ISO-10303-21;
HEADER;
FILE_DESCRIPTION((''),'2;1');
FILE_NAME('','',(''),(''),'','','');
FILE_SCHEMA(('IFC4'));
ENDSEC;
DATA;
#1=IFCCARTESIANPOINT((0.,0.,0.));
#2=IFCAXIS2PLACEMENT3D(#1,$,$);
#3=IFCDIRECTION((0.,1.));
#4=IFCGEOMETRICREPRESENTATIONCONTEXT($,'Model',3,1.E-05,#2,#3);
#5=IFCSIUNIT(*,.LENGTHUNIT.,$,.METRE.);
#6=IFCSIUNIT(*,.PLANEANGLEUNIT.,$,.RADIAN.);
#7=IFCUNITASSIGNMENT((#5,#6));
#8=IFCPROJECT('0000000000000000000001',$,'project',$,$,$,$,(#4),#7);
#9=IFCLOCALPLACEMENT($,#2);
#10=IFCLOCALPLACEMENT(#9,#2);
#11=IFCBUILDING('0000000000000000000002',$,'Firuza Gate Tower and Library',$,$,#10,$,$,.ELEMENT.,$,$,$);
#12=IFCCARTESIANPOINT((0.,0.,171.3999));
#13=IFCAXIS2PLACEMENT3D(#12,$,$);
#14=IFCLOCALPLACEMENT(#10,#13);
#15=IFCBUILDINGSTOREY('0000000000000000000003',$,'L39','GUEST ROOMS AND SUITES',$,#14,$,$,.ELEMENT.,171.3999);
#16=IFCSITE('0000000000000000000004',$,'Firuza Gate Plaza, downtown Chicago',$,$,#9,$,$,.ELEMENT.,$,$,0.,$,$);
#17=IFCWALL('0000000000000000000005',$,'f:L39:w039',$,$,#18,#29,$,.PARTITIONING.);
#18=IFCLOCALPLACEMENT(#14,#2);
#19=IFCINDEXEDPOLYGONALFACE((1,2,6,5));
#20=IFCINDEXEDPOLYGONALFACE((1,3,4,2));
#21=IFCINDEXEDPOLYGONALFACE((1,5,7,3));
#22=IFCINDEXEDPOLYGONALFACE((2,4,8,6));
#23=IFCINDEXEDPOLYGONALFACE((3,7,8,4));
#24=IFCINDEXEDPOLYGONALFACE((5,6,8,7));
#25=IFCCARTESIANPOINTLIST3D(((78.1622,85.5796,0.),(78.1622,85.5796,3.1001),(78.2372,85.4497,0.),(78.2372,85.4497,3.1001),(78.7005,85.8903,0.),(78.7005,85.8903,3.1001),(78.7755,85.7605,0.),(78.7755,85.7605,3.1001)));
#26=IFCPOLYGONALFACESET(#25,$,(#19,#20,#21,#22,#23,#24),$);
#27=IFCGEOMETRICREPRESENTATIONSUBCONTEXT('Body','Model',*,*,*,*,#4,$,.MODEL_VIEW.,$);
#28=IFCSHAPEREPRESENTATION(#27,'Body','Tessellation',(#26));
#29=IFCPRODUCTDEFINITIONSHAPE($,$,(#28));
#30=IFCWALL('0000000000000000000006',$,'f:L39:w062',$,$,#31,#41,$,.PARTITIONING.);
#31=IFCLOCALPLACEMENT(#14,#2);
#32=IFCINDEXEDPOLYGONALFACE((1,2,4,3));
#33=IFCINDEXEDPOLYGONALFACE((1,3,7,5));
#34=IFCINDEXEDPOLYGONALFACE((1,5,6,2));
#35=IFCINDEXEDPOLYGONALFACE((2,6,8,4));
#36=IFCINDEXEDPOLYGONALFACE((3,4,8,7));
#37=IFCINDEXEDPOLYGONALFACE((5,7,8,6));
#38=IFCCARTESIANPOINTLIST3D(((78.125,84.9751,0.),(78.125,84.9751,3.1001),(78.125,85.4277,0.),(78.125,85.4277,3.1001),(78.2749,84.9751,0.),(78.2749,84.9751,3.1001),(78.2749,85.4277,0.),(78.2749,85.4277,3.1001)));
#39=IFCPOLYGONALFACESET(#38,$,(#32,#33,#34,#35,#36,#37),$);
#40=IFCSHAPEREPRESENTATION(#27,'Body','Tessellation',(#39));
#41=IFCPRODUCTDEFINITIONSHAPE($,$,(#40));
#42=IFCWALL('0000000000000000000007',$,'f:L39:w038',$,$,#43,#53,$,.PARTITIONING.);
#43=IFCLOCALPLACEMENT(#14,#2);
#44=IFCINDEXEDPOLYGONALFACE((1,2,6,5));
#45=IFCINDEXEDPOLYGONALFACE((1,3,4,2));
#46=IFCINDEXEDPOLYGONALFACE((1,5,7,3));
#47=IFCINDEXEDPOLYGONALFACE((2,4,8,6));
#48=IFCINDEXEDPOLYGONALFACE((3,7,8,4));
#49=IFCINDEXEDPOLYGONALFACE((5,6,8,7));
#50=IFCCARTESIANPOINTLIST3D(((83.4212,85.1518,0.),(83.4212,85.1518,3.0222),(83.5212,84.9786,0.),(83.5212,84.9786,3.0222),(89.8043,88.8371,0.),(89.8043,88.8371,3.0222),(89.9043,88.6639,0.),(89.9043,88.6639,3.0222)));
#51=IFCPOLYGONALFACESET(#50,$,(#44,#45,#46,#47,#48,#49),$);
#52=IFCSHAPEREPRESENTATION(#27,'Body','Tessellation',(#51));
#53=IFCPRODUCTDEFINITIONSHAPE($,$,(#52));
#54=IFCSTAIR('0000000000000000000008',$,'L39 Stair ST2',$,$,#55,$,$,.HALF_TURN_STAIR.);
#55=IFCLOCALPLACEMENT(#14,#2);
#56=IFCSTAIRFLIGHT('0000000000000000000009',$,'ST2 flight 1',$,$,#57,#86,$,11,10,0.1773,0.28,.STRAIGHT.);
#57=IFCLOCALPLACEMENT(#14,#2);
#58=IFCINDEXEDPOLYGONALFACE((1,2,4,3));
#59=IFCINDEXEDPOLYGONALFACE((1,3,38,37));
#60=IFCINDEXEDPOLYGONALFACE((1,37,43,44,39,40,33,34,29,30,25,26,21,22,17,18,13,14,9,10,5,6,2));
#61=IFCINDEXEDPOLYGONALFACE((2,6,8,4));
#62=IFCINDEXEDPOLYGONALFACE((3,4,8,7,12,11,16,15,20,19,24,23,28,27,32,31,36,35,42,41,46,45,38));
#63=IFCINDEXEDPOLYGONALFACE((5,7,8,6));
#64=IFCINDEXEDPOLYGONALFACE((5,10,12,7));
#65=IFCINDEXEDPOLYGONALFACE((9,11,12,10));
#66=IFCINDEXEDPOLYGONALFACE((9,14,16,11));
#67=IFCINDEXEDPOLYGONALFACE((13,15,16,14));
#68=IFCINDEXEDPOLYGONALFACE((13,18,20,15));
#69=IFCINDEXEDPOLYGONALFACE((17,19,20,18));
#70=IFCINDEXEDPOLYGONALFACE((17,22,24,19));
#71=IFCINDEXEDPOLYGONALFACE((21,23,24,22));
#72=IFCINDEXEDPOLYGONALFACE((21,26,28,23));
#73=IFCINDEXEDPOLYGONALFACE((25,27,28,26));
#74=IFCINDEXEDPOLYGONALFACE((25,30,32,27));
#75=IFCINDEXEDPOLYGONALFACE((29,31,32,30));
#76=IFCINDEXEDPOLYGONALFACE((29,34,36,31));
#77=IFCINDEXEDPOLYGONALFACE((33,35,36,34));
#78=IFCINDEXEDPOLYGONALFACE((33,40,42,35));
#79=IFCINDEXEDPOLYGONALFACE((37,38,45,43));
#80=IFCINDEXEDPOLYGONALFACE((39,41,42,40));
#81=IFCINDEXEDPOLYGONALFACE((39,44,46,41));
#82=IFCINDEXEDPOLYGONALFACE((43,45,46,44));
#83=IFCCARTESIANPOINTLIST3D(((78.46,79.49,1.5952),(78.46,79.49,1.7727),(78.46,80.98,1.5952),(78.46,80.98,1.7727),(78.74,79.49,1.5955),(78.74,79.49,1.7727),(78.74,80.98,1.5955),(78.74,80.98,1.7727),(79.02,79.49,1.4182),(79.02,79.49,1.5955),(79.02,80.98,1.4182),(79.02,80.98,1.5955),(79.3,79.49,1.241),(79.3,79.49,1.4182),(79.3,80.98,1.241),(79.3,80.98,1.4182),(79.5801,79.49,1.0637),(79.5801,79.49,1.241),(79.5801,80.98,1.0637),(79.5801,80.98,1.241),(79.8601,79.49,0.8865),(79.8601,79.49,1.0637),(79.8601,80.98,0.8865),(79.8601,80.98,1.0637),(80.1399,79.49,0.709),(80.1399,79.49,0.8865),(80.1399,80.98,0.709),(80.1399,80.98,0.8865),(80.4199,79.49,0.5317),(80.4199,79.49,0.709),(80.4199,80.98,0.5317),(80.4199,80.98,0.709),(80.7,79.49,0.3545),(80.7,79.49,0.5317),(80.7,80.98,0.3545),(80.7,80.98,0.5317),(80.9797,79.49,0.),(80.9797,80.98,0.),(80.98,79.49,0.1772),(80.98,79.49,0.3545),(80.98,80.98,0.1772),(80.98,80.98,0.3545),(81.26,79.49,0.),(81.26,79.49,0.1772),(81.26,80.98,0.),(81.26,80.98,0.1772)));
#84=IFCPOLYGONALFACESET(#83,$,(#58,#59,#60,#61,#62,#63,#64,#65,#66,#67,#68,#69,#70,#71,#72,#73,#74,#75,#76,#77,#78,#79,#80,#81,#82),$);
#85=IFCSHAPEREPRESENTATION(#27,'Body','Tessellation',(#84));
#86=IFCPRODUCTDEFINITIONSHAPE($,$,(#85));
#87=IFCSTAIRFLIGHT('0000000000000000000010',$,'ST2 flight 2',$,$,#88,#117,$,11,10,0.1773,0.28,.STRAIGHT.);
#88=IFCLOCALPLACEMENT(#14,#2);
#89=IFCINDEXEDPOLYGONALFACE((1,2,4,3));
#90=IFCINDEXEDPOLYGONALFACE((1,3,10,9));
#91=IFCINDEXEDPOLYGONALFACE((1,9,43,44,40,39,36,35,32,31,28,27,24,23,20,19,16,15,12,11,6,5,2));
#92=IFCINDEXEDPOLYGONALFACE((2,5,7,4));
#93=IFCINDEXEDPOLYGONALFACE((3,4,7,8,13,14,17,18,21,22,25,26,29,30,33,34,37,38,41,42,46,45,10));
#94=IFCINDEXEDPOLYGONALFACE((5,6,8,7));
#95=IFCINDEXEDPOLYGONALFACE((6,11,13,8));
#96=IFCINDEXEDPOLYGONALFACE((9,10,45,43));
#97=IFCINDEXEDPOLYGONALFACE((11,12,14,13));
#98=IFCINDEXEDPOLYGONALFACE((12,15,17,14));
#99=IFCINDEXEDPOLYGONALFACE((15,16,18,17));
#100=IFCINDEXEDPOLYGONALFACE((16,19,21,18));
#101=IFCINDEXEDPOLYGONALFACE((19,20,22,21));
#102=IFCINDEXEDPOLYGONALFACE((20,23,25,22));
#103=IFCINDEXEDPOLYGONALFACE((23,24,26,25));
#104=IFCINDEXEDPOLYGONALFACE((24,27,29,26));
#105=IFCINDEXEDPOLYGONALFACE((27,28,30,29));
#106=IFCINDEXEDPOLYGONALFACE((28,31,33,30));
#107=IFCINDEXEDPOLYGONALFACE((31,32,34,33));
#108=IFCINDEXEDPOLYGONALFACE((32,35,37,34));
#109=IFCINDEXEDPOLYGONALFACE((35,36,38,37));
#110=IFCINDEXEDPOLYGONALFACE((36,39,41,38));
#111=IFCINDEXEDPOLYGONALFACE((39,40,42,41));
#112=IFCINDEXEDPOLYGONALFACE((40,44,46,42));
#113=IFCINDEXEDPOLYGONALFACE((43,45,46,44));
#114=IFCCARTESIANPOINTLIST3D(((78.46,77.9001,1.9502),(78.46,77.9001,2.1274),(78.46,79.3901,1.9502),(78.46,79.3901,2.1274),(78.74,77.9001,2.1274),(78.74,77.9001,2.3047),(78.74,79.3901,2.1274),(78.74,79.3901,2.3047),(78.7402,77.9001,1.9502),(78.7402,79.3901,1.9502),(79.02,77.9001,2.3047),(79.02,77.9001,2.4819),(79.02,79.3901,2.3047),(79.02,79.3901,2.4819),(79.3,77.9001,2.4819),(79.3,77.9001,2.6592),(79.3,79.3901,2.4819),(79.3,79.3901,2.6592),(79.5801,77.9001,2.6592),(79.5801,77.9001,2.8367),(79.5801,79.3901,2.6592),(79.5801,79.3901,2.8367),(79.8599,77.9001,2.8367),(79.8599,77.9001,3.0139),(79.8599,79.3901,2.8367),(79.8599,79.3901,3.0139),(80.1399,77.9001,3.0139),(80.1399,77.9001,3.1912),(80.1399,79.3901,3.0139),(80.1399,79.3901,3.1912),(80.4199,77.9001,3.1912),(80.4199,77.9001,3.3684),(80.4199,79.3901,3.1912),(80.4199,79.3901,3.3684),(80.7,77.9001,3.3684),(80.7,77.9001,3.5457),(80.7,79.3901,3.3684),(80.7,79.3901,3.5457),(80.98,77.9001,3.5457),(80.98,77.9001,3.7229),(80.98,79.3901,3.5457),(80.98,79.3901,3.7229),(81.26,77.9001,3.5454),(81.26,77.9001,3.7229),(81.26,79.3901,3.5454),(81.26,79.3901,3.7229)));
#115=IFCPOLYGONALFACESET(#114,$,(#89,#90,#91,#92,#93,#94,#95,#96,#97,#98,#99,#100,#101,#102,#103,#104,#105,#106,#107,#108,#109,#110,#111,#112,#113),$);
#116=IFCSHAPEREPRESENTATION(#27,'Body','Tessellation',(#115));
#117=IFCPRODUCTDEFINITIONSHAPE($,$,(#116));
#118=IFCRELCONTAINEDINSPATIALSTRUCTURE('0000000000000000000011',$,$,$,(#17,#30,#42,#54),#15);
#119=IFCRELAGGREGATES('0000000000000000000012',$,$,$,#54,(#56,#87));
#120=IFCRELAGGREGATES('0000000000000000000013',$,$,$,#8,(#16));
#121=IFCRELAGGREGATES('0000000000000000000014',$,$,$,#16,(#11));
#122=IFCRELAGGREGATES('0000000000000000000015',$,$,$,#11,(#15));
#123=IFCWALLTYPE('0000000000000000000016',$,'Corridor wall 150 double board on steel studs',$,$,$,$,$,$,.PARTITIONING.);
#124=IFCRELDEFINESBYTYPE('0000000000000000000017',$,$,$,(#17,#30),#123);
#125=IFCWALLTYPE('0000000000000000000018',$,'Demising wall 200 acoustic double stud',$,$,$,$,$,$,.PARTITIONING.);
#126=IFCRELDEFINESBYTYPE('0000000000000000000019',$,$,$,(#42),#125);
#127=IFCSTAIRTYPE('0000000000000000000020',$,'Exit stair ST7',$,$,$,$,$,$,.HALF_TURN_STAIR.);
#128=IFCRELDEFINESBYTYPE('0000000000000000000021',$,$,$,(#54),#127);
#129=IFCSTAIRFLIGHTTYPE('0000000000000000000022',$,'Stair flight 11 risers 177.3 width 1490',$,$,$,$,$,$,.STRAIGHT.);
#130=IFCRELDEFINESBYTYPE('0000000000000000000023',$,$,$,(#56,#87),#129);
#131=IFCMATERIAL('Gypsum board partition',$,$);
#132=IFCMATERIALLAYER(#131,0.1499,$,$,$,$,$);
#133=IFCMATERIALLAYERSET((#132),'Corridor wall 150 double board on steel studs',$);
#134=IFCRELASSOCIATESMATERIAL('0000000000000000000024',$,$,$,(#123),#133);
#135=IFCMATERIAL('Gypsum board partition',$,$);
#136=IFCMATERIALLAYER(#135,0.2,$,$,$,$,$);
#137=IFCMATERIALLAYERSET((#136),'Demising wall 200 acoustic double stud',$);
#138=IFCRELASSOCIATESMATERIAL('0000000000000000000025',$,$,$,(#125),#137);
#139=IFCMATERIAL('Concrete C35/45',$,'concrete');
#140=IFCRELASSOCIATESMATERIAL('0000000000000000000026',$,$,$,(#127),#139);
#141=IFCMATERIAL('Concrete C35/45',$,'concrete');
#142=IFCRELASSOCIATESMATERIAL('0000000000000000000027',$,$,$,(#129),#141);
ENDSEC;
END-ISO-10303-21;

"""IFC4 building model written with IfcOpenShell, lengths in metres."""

from ifc_helpers import new_model, si_unit, direction, frame, frame_2d, origin, place, context, subcontext, project, spatial, polyline, rectangle, outline, extrude, material, layer, layer_set, type_object, element, aggregate, save


model = new_model("IFC4")

# Units and contexts
model_context = context("Model", 3, precision=1e-05, world=origin(), true_north=direction((0.0, 1.0)))
body_context = subcontext(model_context, "Body", "Model", "MODEL_VIEW")
ifc_project = project(units=[si_unit("LENGTHUNIT", "METRE"), si_unit("PLANEANGLEUNIT", "RADIAN")], contexts=[model_context])

# Site, building, storey
site_placement = place(None, origin())
site = spatial("IfcSite", under=ifc_project, at=site_placement, Name="Firuza Gate Plaza, downtown Chicago", CompositionType="ELEMENT", RefElevation=0.0)
building_placement = place(site_placement, origin())
building = spatial("IfcBuilding", under=site, at=building_placement, Name="Firuza Gate Tower and Library", CompositionType="ELEMENT")
storey_placement = place(building_placement, frame((0.0, 0.0, 171.3999)))
storey = spatial("IfcBuildingStorey", under=building, at=storey_placement, Name="L39", Description="GUEST ROOMS AND SUITES", CompositionType="ELEMENT", Elevation=171.3999)

# Shared definitions
ifc_material_1 = material(Name="Gypsum board partition")
ifc_layer_1 = layer(ifc_material_1, 0.1499)
ifc_layer_set_1 = layer_set([ifc_layer_1], Name="Corridor wall 150 double board on steel studs")
wall_type_1 = type_object("IfcWallType", Name="Corridor wall 150 double board on steel studs", PredefinedType="PARTITIONING", material=ifc_layer_set_1)

# Walls
wall_1_placement = place(storey_placement, frame((78.1997, 85.5146, 0.0), z_axis=(0.0, 0.0, 1.0), x_axis=(0.866035, 0.499983, 0.0)))
element("IfcWall", 1, at=wall_1_placement, inside=storey, type_object=wall_type_1, Name="f:L39:w039", PredefinedType="PARTITIONING", context=body_context, shape_type="SweptSolid", body=[
    extrude(rectangle(XDim=0.6216, YDim=0.1499, at=frame_2d((0.3108, 0.0))), origin(), (0.0, 0.0, 1.0), 3.1001),
])
wall_2_placement = place(storey_placement, frame((78.2, 84.9751, 0.0), z_axis=(0.0, 0.0, 1.0), x_axis=(0.0, 1.0, 0.0)))
element("IfcWall", 2, at=wall_2_placement, inside=storey, type_object=wall_type_1, Name="f:L39:w062", PredefinedType="PARTITIONING", context=body_context, shape_type="SweptSolid", body=[
    extrude(rectangle(XDim=0.4526, YDim=0.1499, at=frame_2d((0.2263, 0.0))), origin(), (0.0, 0.0, 1.0), 3.1001),
])
ifc_material_2 = material(Name="Gypsum board partition")
ifc_layer_2 = layer(ifc_material_2, 0.2)
ifc_layer_set_2 = layer_set([ifc_layer_2], Name="Demising wall 200 acoustic double stud")
wall_type_2 = type_object("IfcWallType", Name="Demising wall 200 acoustic double stud", PredefinedType="PARTITIONING", material=ifc_layer_set_2)
wall_3_placement = place(storey_placement, frame((83.4712, 85.0652, 0.0), z_axis=(0.0, 0.0, 1.0), x_axis=(0.866023, 0.500004, 0.0)))
element("IfcWall", 3, at=wall_3_placement, inside=storey, type_object=wall_type_2, Name="f:L39:w038", PredefinedType="PARTITIONING", context=body_context, shape_type="SweptSolid", body=[
    extrude(rectangle(XDim=7.3706, YDim=0.2, at=frame_2d((3.6853, 0.0))), origin(), (0.0, 0.0, 1.0), 3.0222),
])

# Stair, stair flights
ifc_material_3 = material(Name="Concrete C35/45", Category="concrete")
stair_type = type_object("IfcStairType", Name="Exit stair ST7", PredefinedType="HALF_TURN_STAIR", material=ifc_material_3)
stair_placement = place(storey_placement, origin())
stair = element("IfcStair", 4, at=stair_placement, inside=storey, type_object=stair_type, Name="L39 Stair ST2", PredefinedType="HALF_TURN_STAIR")
ifc_material_4 = material(Name="Concrete C35/45", Category="concrete")
stair_flight_type = type_object("IfcStairFlightType", Name="Stair flight 11 risers 177.3 width 1490", PredefinedType="STRAIGHT", material=ifc_material_4)
stair_flight_1_placement = place(storey_placement, frame((81.26, 80.2351, 0.0), z_axis=(0.0, 0.0, 1.0), x_axis=(-1.0, 0.0, 0.0)))
stair_flight_1 = element("IfcStairFlight", 5, at=stair_flight_1_placement, type_object=stair_flight_type, Name="ST2 flight 1", NumberOfRisers=11, NumberOfTreads=10, PredefinedType="STRAIGHT", RiserHeight=0.1773, TreadLength=0.28, context=body_context, shape_type="SweptSolid", body=[
    extrude(outline(polyline([(0.0, 0.0), (0.0, 0.1772), (0.28, 0.1772), (0.28, 0.3545), (0.5601, 0.3545), (0.5601, 0.5317), (0.8401, 0.5317), (0.8401, 0.709), (1.1201, 0.709), (1.1201, 0.8865), (1.3999, 0.8865), (1.3999, 1.0637), (1.6799, 1.0637), (1.6799, 1.241), (1.96, 1.241), (1.96, 1.4182), (2.24, 1.4182), (2.24, 1.5955), (2.52, 1.5955), (2.52, 1.7727), (2.8, 1.7727), (2.8, 1.95), (2.8, 1.5952), (0.2803, 0.0), (0.0, 0.0)])), frame((0.0, 0.7451, 0.0), z_axis=(0.0, -1.0, 0.0), x_axis=(1.0, 0.0, 0.0)), (0.0, 0.0, 1.0), 1.49),
])
stair_flight_2_placement = place(storey_placement, frame((78.46, 78.645, 1.9502), z_axis=(0.0, 0.0, 1.0), x_axis=(1.0, 0.0, 0.0)))
stair_flight_2 = element("IfcStairFlight", 6, at=stair_flight_2_placement, type_object=stair_flight_type, Name="ST2 flight 2", NumberOfRisers=11, NumberOfTreads=10, PredefinedType="STRAIGHT", RiserHeight=0.1773, TreadLength=0.28, context=body_context, shape_type="SweptSolid", body=[
    extrude(outline(polyline([(0.0, 0.0), (0.0, 0.1772), (0.28, 0.1772), (0.28, 0.3545), (0.5601, 0.3545), (0.5601, 0.5317), (0.8401, 0.5317), (0.8401, 0.709), (1.1201, 0.709), (1.1201, 0.8865), (1.3999, 0.8865), (1.3999, 1.0637), (1.6799, 1.0637), (1.6799, 1.241), (1.96, 1.241), (1.96, 1.4182), (2.24, 1.4182), (2.24, 1.5955), (2.52, 1.5955), (2.52, 1.7727), (2.8, 1.7727), (2.8, 1.95), (2.8, 1.5952), (0.2803, 0.0), (0.0, 0.0)])), frame((0.0, 0.7451, 0.0), z_axis=(0.0, -1.0, 0.0), x_axis=(1.0, 0.0, 0.0)), (0.0, 0.0, 1.0), 1.49),
])
aggregate(stair, [stair_flight_1, stair_flight_2])

save(model, "model.ifc")
